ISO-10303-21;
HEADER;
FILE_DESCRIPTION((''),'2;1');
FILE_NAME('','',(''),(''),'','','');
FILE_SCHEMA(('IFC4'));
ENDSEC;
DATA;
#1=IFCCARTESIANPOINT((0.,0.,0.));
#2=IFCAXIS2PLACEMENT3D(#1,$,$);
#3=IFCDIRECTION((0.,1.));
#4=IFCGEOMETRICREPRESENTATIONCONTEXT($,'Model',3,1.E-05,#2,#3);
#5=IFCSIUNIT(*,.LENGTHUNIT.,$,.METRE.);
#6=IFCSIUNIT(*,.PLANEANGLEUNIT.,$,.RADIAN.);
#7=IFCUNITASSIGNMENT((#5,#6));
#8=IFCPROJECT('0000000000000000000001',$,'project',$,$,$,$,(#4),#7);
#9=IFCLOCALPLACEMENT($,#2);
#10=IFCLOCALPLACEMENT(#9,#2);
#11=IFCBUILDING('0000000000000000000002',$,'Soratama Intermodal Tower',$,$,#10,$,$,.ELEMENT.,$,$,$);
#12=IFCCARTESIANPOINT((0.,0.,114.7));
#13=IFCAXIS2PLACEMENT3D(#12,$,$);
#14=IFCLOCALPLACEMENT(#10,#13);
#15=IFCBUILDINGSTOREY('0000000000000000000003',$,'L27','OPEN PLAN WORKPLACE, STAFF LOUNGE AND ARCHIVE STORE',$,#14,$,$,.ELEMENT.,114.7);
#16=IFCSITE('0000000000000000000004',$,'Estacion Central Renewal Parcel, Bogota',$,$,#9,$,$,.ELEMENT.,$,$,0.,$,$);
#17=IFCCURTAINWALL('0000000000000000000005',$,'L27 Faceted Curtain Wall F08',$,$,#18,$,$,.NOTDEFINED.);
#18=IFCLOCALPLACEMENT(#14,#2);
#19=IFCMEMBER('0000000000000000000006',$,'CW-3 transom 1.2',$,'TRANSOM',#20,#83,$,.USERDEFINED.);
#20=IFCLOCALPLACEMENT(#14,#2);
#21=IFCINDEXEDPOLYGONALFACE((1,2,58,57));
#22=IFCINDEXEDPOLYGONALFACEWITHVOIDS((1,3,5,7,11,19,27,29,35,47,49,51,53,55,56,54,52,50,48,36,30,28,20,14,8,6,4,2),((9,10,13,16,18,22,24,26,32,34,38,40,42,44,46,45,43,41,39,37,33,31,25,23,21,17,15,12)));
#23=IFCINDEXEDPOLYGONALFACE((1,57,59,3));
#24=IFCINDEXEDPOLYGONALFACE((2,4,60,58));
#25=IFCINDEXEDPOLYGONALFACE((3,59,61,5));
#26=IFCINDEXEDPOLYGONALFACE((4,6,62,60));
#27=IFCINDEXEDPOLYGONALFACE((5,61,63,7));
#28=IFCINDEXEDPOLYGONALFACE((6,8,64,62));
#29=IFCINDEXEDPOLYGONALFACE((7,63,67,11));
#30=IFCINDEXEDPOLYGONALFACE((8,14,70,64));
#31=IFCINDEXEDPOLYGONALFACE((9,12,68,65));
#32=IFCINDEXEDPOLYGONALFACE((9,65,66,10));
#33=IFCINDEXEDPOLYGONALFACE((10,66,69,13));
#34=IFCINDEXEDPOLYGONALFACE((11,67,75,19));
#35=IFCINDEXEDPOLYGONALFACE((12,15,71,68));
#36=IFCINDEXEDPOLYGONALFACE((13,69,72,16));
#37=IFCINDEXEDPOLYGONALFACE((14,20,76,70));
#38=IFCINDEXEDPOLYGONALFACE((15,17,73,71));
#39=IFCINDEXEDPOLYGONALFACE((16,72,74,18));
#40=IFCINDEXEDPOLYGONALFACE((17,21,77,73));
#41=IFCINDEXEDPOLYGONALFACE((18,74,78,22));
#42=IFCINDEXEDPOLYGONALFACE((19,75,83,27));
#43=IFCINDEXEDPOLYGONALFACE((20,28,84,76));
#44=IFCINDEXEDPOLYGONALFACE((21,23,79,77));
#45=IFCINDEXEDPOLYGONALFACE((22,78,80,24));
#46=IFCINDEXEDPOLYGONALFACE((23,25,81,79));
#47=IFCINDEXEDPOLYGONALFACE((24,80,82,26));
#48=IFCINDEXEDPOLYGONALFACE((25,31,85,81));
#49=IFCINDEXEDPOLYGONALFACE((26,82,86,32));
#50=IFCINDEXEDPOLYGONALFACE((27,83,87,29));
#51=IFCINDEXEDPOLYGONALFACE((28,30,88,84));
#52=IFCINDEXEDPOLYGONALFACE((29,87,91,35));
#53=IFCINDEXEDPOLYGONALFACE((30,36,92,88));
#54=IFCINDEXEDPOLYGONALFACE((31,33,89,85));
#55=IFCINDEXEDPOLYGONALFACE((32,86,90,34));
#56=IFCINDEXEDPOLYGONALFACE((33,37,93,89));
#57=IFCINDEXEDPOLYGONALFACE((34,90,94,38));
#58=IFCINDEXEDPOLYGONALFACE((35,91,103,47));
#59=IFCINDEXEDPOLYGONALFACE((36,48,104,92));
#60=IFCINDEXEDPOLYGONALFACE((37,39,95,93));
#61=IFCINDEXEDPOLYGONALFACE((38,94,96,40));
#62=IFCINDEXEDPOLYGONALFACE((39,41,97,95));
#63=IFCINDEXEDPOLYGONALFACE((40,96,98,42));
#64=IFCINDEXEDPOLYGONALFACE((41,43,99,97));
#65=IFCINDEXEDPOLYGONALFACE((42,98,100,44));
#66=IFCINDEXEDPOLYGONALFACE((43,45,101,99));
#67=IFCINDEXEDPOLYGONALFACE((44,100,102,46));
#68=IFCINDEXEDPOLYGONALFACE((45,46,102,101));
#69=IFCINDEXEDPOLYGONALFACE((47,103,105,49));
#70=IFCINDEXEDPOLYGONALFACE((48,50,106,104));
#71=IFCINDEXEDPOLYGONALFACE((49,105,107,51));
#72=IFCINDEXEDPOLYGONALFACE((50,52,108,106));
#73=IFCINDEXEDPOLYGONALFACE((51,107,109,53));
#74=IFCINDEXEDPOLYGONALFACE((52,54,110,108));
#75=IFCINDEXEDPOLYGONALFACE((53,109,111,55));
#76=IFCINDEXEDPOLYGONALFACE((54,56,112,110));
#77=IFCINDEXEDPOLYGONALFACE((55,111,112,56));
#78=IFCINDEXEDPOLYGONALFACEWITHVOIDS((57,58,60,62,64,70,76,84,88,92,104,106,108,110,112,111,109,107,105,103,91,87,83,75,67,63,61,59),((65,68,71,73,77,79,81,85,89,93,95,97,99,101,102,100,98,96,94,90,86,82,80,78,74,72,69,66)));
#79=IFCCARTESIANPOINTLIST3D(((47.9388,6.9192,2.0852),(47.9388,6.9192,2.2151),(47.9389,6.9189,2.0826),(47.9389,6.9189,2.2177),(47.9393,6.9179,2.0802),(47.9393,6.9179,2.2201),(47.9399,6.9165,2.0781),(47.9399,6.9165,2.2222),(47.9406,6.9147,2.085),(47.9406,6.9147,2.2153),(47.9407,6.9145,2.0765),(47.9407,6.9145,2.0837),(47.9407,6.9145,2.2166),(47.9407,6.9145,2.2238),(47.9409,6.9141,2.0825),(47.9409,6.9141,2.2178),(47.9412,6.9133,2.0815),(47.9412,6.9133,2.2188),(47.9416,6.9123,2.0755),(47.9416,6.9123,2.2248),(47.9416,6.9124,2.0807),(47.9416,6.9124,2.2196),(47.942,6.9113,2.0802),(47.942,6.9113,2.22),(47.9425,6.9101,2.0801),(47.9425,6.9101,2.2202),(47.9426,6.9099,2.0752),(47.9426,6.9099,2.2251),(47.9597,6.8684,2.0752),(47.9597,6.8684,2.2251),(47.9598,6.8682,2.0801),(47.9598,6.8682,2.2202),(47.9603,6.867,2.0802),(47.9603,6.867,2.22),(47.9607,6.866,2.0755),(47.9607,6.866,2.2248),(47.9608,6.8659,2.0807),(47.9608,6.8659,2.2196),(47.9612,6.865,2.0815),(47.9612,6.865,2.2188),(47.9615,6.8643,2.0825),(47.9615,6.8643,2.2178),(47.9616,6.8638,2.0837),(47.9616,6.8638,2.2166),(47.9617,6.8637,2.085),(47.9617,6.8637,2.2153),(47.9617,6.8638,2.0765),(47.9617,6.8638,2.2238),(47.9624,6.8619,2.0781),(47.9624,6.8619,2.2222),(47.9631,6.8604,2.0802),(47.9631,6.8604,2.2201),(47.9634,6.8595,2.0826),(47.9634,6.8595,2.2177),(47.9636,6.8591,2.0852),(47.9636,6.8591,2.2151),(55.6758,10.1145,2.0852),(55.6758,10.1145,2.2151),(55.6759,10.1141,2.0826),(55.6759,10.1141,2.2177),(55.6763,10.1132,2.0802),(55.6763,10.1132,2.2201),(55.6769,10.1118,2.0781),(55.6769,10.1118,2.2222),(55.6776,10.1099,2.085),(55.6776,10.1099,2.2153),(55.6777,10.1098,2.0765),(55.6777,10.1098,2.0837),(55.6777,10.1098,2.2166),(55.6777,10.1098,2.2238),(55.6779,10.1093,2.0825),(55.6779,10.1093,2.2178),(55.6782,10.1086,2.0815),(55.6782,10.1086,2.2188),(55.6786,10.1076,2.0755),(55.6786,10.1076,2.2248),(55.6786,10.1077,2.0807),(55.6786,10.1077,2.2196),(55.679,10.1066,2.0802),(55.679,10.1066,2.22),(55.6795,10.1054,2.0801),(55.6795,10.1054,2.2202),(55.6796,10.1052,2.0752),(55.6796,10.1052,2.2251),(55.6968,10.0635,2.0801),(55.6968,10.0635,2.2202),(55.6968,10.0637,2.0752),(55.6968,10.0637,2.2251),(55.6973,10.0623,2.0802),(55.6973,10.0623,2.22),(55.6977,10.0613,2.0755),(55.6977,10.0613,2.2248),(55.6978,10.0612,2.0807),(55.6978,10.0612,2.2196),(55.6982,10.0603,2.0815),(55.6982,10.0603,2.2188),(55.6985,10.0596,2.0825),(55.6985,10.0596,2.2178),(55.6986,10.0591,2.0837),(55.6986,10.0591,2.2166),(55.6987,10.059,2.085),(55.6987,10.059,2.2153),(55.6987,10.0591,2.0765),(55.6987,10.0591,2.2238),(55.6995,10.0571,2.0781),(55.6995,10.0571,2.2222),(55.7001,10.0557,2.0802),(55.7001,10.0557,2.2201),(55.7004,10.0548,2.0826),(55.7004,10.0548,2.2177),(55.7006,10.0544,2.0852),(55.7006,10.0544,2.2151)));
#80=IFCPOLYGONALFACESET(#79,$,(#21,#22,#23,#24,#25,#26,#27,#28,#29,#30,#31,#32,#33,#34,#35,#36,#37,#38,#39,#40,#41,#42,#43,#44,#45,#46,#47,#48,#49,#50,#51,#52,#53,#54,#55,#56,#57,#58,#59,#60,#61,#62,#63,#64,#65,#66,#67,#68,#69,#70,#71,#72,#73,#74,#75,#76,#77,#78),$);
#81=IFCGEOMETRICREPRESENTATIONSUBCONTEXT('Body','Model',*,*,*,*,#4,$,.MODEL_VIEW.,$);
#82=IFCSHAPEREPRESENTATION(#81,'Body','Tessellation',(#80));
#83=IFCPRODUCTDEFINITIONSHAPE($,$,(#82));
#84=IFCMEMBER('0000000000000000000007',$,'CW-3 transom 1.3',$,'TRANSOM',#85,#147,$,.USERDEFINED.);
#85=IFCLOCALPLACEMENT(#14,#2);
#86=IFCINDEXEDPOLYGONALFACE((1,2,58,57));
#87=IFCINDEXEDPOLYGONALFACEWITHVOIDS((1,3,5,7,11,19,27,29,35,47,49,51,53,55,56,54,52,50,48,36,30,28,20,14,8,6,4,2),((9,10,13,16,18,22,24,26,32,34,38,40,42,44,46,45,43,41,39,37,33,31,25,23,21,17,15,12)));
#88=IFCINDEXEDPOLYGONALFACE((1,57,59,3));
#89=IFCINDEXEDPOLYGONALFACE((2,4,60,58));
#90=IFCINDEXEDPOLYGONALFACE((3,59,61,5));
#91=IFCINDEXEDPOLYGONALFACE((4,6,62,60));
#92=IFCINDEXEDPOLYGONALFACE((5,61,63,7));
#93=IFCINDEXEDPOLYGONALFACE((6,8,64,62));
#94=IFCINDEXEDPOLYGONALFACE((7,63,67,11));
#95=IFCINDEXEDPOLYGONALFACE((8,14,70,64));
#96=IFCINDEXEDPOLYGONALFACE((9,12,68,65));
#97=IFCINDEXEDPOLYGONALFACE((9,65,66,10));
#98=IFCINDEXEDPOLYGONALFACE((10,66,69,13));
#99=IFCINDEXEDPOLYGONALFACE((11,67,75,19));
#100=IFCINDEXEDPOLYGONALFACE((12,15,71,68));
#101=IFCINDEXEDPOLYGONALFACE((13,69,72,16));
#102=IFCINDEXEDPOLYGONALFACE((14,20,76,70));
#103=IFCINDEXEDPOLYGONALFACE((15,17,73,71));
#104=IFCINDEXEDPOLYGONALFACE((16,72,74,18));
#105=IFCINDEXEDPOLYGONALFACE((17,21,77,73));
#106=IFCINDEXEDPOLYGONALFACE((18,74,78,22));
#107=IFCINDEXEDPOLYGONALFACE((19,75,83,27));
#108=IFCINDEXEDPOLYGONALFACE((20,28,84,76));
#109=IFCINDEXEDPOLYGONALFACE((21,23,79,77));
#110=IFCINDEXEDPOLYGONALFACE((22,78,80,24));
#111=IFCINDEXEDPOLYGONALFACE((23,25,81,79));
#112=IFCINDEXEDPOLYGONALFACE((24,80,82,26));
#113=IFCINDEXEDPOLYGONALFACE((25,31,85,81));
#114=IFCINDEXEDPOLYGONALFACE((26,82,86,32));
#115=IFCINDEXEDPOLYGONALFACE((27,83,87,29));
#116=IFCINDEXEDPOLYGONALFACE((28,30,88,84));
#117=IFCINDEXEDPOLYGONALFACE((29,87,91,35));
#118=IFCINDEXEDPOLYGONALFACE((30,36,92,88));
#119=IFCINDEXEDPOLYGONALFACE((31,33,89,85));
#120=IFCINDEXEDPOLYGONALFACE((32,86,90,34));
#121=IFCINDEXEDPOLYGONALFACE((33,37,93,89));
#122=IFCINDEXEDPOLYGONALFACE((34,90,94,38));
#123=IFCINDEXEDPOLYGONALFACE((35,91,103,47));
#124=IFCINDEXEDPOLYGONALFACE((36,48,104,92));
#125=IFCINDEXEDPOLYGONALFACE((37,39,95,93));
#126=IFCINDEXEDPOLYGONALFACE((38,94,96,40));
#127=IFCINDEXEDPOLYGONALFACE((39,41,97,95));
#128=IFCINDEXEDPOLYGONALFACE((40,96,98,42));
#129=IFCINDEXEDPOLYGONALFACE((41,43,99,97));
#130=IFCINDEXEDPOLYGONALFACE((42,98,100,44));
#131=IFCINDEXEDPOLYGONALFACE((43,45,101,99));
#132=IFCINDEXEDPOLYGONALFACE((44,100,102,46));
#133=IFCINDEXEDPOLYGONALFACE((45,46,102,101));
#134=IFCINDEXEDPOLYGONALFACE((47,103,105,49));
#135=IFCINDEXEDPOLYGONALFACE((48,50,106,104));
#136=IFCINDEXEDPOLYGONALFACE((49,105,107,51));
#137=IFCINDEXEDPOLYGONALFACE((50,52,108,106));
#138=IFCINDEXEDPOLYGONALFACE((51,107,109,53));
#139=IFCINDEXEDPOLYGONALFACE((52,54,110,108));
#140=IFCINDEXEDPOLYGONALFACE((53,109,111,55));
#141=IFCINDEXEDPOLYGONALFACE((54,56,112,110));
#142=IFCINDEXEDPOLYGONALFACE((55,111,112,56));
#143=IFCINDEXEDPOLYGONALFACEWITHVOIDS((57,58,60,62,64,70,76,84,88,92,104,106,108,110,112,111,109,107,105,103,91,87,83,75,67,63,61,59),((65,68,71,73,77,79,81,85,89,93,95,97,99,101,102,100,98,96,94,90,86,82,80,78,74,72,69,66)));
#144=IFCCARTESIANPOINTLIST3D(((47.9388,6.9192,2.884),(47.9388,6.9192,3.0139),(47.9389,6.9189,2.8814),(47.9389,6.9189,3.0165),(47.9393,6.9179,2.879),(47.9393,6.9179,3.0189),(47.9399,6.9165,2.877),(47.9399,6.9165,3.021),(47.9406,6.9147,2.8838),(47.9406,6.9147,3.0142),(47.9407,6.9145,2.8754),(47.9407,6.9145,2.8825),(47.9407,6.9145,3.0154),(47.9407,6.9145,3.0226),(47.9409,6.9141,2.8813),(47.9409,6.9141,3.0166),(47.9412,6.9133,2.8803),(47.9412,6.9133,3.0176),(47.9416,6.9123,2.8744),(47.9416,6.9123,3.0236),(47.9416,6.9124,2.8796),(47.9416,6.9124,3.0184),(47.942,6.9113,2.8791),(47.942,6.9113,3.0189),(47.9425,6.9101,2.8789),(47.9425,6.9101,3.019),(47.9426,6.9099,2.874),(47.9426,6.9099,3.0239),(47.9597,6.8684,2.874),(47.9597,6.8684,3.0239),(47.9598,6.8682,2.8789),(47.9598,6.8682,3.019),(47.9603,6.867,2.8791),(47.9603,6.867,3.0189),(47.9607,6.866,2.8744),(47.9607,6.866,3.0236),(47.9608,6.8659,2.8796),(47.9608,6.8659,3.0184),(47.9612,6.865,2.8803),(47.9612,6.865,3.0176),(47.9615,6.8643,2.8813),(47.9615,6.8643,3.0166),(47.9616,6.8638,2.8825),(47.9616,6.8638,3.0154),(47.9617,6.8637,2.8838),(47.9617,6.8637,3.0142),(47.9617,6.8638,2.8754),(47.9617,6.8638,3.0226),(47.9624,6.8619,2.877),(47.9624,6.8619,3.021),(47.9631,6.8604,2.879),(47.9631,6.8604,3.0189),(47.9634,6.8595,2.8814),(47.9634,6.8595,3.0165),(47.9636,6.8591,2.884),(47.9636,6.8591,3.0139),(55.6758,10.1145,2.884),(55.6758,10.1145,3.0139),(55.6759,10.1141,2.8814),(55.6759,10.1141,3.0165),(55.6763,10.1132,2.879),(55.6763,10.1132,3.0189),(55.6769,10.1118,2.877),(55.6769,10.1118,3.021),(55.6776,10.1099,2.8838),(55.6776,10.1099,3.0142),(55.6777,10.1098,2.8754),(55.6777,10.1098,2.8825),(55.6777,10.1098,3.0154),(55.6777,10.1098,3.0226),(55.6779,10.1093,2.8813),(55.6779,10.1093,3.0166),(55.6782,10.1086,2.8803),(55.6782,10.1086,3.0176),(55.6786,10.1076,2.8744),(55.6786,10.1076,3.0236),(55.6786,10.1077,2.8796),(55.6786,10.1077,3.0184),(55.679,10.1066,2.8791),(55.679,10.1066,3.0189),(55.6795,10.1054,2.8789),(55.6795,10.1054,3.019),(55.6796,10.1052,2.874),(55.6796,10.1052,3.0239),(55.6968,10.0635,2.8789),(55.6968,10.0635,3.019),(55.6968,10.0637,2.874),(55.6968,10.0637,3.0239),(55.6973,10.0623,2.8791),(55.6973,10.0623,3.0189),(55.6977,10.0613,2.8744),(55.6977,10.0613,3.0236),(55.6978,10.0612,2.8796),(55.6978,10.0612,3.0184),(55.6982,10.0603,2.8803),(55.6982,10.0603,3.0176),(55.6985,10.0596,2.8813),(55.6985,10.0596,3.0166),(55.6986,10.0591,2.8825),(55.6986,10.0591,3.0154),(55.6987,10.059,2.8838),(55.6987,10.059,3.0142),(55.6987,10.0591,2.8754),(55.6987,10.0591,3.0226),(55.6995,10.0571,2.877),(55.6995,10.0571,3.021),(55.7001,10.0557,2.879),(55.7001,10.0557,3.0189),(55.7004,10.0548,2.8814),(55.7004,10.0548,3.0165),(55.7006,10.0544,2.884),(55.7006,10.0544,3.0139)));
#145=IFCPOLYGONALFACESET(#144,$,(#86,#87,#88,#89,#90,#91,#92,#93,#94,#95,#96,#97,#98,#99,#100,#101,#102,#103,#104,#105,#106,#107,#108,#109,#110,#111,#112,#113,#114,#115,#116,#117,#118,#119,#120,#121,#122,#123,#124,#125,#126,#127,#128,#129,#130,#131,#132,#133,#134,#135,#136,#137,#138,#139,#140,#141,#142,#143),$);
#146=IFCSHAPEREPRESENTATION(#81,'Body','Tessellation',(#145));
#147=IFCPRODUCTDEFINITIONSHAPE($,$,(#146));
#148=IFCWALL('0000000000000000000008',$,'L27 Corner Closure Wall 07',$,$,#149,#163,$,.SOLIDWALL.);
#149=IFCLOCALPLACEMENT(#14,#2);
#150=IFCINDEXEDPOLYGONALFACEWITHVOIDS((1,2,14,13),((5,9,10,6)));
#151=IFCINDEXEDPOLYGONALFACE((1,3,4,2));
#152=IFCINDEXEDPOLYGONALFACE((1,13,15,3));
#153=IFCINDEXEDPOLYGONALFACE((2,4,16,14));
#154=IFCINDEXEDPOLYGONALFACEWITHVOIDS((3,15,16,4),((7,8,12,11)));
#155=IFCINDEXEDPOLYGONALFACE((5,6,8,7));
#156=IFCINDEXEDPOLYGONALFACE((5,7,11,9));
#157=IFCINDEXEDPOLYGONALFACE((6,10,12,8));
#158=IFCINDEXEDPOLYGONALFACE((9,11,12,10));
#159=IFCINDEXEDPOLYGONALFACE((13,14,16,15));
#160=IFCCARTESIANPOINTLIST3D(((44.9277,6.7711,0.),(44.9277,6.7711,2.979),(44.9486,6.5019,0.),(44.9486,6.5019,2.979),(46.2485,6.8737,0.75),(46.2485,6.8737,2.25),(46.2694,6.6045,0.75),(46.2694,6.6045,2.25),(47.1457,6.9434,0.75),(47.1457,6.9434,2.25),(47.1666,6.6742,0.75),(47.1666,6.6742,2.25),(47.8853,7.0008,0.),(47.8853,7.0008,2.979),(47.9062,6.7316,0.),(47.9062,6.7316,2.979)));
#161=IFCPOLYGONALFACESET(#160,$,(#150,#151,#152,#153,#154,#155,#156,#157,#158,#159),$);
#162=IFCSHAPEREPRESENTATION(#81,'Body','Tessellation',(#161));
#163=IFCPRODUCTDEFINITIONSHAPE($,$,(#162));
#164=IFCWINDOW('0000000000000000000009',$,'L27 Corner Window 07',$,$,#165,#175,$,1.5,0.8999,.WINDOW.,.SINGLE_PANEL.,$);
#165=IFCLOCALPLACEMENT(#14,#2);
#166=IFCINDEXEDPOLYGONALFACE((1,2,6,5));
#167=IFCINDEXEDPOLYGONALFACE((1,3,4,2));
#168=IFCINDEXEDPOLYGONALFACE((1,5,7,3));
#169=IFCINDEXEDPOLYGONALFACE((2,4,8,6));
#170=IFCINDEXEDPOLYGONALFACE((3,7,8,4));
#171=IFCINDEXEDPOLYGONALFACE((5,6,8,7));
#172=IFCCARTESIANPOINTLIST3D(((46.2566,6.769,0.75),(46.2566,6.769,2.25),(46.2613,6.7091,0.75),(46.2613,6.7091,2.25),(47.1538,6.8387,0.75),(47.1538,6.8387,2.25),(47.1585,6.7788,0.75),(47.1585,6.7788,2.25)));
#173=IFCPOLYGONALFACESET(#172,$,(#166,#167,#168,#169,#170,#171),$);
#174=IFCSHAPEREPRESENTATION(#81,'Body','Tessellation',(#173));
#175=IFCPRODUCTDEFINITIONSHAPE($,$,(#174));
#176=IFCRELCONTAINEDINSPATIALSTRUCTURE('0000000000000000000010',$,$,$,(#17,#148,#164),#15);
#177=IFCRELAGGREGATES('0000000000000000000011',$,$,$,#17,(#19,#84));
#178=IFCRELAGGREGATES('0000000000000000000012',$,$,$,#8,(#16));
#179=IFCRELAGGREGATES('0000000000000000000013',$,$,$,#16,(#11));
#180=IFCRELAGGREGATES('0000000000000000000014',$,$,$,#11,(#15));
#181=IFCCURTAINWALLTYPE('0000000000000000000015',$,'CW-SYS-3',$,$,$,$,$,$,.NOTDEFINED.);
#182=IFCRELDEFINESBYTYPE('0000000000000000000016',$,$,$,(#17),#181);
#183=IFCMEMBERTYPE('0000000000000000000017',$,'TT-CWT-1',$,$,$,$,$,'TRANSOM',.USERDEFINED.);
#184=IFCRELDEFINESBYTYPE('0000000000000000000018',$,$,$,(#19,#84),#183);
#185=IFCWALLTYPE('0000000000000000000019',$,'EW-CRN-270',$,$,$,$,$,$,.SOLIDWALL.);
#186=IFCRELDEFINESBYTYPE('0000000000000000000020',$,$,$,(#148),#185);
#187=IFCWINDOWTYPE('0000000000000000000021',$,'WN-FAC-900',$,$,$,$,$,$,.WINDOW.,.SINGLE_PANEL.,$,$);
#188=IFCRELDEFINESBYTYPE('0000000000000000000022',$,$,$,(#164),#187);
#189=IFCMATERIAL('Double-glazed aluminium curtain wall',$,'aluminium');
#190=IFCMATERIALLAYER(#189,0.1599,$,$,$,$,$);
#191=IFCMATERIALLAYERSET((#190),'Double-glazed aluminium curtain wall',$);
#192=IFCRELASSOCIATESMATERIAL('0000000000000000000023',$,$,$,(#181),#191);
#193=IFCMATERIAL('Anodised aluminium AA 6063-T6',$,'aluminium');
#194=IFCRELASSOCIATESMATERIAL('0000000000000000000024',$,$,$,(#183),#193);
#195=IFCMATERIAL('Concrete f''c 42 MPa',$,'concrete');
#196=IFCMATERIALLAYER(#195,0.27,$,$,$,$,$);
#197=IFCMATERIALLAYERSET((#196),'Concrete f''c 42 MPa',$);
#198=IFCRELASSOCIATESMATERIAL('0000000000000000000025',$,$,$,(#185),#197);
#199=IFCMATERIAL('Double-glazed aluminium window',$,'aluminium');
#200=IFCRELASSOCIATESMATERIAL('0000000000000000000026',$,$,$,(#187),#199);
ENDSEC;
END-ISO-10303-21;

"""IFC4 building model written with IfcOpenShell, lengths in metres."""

from ifc_helpers import new_model, si_unit, direction, frame, frame_2d, origin, origin_2d, place, context, subcontext, project, spatial, rectangle, hollow_rectangle, extrude, material, layer, layer_set, material_profile, profile_set, type_object, element, fill, aggregate, save


model = new_model("IFC4")

# Units and contexts
model_context = context("Model", 3, precision=1e-05, world=origin(), true_north=direction((0.0, 1.0)))
body_context = subcontext(model_context, "Body", "Model", "MODEL_VIEW")
ifc_project = project(units=[si_unit("LENGTHUNIT", "METRE"), si_unit("PLANEANGLEUNIT", "RADIAN")], contexts=[model_context])

# Site, building, storey
site_placement = place(None, origin())
site = spatial("IfcSite", under=ifc_project, at=site_placement, Name="Estacion Central Renewal Parcel, Bogota", CompositionType="ELEMENT", RefElevation=0.0)
building_placement = place(site_placement, origin())
building = spatial("IfcBuilding", under=site, at=building_placement, Name="Soratama Intermodal Tower", CompositionType="ELEMENT")
storey_placement = place(building_placement, frame((0.0, 0.0, 114.7)))
storey = spatial("IfcBuildingStorey", under=building, at=storey_placement, Name="L27", Description="OPEN PLAN WORKPLACE, STAFF LOUNGE AND ARCHIVE STORE", CompositionType="ELEMENT", Elevation=114.7)

# Curtain wall, members
ifc_material_1 = material(Name="Double-glazed aluminium curtain wall", Category="aluminium")
ifc_layer_1 = layer(ifc_material_1, 0.1599)
ifc_layer_set_1 = layer_set([ifc_layer_1], Name="Double-glazed aluminium curtain wall")
curtain_wall_type = type_object("IfcCurtainWallType", Name="CW-SYS-3", PredefinedType="NOTDEFINED", material=ifc_layer_set_1)
curtain_wall_placement = place(storey_placement, origin())
curtain_wall = element("IfcCurtainWall", 1, at=curtain_wall_placement, inside=storey, type_object=curtain_wall_type, Name="L27 Faceted Curtain Wall F08", PredefinedType="NOTDEFINED")
ifc_material_2 = material(Name="Anodised aluminium AA 6063-T6", Category="aluminium")
ifc_material_profile_1 = material_profile(ifc_material_2, hollow_rectangle(XDim=0.0649, YDim=0.1499, WallThickness=0.0049, InnerFilletRadius=0.0049, OuterFilletRadius=0.01, at=origin_2d()), Name="CWT150X65X5")
ifc_profile_set_1 = profile_set([ifc_material_profile_1], Name="Anodised aluminium AA 6063-T6")
member_type_1 = type_object("IfcMemberType", Name="TT-CWT-1", ElementType="TRANSOM", PredefinedType="USERDEFINED", material=ifc_profile_set_1)
member_1_placement = place(storey_placement, frame((47.9512, 6.8892, 2.1501), z_axis=(0.92428, 0.381716, 0.0), x_axis=(-0.381716, 0.92428, 0.0)))
member_1 = element("IfcMember", 2, at=member_1_placement, type_object=member_type_1, Name="CW-3 transom 1.2", ObjectType="TRANSOM", PredefinedType="USERDEFINED", context=body_context, shape_type="SweptSolid", body=[
    extrude(hollow_rectangle(XDim=0.0649, YDim=0.1499, WallThickness=0.0049, InnerFilletRadius=0.0049, OuterFilletRadius=0.01, at=origin_2d()), origin(), (0.0, 0.0, 1.0), 8.3708),
])
member_2_placement = place(storey_placement, frame((47.9512, 6.8892, 2.949), z_axis=(0.92428, 0.381716, 0.0), x_axis=(-0.381716, 0.92428, 0.0)))
member_2 = element("IfcMember", 3, at=member_2_placement, type_object=member_type_1, Name="CW-3 transom 1.3", ObjectType="TRANSOM", PredefinedType="USERDEFINED", context=body_context, shape_type="SweptSolid", body=[
    extrude(hollow_rectangle(XDim=0.0649, YDim=0.1499, WallThickness=0.0049, InnerFilletRadius=0.0049, OuterFilletRadius=0.01, at=origin_2d()), origin(), (0.0, 0.0, 1.0), 8.3708),
])
aggregate(curtain_wall, [member_1, member_2])

# Wall, opening, window
ifc_material_3 = material(Name="Concrete f'c 42 MPa", Category="concrete")
ifc_layer_2 = layer(ifc_material_3, 0.27)
ifc_layer_set_2 = layer_set([ifc_layer_2], Name="Concrete f'c 42 MPa")
wall_type_1 = type_object("IfcWallType", Name="EW-CRN-270", PredefinedType="SOLIDWALL", material=ifc_layer_set_2)
wall_1_placement = place(storey_placement, frame((44.938, 6.6365, 0.0), z_axis=(0.0, 0.0, 1.0), x_axis=(0.996997, 0.077439, 0.0)))
wall_1 = element("IfcWall", 4, at=wall_1_placement, inside=storey, type_object=wall_type_1, Name="L27 Corner Closure Wall 07", PredefinedType="SOLIDWALL", context=body_context, shape_type="SweptSolid", body=[
    extrude(rectangle(XDim=2.9666, YDim=0.27, at=frame_2d((1.4834, 0.0))), origin(), (0.0, 0.0, 1.0), 2.979),
])
opening_1_placement = place(wall_1_placement, frame((1.325, 0.0, 0.75)))
opening_1 = element("IfcOpeningElement", 5, at=opening_1_placement, cuts=wall_1, PredefinedType="OPENING", context=body_context, shape_type="SweptSolid", body=[
    extrude(rectangle(XDim=0.8999, YDim=1.5, at=frame_2d((0.45, 0.75))), frame((0.0, 0.145, 0.0), z_axis=(0.0, -1.0, 0.0), x_axis=(1.0, 0.0, 0.0)), (0.0, 0.0, 1.0), 0.29),
])
ifc_material_4 = material(Name="Double-glazed aluminium window", Category="aluminium")
window_type = type_object("IfcWindowType", Name="WN-FAC-900", PartitioningType="SINGLE_PANEL", PredefinedType="WINDOW", material=ifc_material_4)
window_placement = place(opening_1_placement, origin())
window = element("IfcWindow", 6, at=window_placement, inside=storey, type_object=window_type, Name="L27 Corner Window 07", OverallHeight=1.5, OverallWidth=0.8999, PartitioningType="SINGLE_PANEL", PredefinedType="WINDOW", context=body_context, shape_type="SweptSolid", body=[
    extrude(rectangle(XDim=0.8999, YDim=1.5, at=frame_2d((0.45, 0.75))), frame((0.0, 0.03, 0.0), z_axis=(0.0, -1.0, 0.0), x_axis=(1.0, 0.0, 0.0)), (0.0, 0.0, 1.0), 0.0601),
])
fill(opening_1, window)

save(model, "model.ifc")
